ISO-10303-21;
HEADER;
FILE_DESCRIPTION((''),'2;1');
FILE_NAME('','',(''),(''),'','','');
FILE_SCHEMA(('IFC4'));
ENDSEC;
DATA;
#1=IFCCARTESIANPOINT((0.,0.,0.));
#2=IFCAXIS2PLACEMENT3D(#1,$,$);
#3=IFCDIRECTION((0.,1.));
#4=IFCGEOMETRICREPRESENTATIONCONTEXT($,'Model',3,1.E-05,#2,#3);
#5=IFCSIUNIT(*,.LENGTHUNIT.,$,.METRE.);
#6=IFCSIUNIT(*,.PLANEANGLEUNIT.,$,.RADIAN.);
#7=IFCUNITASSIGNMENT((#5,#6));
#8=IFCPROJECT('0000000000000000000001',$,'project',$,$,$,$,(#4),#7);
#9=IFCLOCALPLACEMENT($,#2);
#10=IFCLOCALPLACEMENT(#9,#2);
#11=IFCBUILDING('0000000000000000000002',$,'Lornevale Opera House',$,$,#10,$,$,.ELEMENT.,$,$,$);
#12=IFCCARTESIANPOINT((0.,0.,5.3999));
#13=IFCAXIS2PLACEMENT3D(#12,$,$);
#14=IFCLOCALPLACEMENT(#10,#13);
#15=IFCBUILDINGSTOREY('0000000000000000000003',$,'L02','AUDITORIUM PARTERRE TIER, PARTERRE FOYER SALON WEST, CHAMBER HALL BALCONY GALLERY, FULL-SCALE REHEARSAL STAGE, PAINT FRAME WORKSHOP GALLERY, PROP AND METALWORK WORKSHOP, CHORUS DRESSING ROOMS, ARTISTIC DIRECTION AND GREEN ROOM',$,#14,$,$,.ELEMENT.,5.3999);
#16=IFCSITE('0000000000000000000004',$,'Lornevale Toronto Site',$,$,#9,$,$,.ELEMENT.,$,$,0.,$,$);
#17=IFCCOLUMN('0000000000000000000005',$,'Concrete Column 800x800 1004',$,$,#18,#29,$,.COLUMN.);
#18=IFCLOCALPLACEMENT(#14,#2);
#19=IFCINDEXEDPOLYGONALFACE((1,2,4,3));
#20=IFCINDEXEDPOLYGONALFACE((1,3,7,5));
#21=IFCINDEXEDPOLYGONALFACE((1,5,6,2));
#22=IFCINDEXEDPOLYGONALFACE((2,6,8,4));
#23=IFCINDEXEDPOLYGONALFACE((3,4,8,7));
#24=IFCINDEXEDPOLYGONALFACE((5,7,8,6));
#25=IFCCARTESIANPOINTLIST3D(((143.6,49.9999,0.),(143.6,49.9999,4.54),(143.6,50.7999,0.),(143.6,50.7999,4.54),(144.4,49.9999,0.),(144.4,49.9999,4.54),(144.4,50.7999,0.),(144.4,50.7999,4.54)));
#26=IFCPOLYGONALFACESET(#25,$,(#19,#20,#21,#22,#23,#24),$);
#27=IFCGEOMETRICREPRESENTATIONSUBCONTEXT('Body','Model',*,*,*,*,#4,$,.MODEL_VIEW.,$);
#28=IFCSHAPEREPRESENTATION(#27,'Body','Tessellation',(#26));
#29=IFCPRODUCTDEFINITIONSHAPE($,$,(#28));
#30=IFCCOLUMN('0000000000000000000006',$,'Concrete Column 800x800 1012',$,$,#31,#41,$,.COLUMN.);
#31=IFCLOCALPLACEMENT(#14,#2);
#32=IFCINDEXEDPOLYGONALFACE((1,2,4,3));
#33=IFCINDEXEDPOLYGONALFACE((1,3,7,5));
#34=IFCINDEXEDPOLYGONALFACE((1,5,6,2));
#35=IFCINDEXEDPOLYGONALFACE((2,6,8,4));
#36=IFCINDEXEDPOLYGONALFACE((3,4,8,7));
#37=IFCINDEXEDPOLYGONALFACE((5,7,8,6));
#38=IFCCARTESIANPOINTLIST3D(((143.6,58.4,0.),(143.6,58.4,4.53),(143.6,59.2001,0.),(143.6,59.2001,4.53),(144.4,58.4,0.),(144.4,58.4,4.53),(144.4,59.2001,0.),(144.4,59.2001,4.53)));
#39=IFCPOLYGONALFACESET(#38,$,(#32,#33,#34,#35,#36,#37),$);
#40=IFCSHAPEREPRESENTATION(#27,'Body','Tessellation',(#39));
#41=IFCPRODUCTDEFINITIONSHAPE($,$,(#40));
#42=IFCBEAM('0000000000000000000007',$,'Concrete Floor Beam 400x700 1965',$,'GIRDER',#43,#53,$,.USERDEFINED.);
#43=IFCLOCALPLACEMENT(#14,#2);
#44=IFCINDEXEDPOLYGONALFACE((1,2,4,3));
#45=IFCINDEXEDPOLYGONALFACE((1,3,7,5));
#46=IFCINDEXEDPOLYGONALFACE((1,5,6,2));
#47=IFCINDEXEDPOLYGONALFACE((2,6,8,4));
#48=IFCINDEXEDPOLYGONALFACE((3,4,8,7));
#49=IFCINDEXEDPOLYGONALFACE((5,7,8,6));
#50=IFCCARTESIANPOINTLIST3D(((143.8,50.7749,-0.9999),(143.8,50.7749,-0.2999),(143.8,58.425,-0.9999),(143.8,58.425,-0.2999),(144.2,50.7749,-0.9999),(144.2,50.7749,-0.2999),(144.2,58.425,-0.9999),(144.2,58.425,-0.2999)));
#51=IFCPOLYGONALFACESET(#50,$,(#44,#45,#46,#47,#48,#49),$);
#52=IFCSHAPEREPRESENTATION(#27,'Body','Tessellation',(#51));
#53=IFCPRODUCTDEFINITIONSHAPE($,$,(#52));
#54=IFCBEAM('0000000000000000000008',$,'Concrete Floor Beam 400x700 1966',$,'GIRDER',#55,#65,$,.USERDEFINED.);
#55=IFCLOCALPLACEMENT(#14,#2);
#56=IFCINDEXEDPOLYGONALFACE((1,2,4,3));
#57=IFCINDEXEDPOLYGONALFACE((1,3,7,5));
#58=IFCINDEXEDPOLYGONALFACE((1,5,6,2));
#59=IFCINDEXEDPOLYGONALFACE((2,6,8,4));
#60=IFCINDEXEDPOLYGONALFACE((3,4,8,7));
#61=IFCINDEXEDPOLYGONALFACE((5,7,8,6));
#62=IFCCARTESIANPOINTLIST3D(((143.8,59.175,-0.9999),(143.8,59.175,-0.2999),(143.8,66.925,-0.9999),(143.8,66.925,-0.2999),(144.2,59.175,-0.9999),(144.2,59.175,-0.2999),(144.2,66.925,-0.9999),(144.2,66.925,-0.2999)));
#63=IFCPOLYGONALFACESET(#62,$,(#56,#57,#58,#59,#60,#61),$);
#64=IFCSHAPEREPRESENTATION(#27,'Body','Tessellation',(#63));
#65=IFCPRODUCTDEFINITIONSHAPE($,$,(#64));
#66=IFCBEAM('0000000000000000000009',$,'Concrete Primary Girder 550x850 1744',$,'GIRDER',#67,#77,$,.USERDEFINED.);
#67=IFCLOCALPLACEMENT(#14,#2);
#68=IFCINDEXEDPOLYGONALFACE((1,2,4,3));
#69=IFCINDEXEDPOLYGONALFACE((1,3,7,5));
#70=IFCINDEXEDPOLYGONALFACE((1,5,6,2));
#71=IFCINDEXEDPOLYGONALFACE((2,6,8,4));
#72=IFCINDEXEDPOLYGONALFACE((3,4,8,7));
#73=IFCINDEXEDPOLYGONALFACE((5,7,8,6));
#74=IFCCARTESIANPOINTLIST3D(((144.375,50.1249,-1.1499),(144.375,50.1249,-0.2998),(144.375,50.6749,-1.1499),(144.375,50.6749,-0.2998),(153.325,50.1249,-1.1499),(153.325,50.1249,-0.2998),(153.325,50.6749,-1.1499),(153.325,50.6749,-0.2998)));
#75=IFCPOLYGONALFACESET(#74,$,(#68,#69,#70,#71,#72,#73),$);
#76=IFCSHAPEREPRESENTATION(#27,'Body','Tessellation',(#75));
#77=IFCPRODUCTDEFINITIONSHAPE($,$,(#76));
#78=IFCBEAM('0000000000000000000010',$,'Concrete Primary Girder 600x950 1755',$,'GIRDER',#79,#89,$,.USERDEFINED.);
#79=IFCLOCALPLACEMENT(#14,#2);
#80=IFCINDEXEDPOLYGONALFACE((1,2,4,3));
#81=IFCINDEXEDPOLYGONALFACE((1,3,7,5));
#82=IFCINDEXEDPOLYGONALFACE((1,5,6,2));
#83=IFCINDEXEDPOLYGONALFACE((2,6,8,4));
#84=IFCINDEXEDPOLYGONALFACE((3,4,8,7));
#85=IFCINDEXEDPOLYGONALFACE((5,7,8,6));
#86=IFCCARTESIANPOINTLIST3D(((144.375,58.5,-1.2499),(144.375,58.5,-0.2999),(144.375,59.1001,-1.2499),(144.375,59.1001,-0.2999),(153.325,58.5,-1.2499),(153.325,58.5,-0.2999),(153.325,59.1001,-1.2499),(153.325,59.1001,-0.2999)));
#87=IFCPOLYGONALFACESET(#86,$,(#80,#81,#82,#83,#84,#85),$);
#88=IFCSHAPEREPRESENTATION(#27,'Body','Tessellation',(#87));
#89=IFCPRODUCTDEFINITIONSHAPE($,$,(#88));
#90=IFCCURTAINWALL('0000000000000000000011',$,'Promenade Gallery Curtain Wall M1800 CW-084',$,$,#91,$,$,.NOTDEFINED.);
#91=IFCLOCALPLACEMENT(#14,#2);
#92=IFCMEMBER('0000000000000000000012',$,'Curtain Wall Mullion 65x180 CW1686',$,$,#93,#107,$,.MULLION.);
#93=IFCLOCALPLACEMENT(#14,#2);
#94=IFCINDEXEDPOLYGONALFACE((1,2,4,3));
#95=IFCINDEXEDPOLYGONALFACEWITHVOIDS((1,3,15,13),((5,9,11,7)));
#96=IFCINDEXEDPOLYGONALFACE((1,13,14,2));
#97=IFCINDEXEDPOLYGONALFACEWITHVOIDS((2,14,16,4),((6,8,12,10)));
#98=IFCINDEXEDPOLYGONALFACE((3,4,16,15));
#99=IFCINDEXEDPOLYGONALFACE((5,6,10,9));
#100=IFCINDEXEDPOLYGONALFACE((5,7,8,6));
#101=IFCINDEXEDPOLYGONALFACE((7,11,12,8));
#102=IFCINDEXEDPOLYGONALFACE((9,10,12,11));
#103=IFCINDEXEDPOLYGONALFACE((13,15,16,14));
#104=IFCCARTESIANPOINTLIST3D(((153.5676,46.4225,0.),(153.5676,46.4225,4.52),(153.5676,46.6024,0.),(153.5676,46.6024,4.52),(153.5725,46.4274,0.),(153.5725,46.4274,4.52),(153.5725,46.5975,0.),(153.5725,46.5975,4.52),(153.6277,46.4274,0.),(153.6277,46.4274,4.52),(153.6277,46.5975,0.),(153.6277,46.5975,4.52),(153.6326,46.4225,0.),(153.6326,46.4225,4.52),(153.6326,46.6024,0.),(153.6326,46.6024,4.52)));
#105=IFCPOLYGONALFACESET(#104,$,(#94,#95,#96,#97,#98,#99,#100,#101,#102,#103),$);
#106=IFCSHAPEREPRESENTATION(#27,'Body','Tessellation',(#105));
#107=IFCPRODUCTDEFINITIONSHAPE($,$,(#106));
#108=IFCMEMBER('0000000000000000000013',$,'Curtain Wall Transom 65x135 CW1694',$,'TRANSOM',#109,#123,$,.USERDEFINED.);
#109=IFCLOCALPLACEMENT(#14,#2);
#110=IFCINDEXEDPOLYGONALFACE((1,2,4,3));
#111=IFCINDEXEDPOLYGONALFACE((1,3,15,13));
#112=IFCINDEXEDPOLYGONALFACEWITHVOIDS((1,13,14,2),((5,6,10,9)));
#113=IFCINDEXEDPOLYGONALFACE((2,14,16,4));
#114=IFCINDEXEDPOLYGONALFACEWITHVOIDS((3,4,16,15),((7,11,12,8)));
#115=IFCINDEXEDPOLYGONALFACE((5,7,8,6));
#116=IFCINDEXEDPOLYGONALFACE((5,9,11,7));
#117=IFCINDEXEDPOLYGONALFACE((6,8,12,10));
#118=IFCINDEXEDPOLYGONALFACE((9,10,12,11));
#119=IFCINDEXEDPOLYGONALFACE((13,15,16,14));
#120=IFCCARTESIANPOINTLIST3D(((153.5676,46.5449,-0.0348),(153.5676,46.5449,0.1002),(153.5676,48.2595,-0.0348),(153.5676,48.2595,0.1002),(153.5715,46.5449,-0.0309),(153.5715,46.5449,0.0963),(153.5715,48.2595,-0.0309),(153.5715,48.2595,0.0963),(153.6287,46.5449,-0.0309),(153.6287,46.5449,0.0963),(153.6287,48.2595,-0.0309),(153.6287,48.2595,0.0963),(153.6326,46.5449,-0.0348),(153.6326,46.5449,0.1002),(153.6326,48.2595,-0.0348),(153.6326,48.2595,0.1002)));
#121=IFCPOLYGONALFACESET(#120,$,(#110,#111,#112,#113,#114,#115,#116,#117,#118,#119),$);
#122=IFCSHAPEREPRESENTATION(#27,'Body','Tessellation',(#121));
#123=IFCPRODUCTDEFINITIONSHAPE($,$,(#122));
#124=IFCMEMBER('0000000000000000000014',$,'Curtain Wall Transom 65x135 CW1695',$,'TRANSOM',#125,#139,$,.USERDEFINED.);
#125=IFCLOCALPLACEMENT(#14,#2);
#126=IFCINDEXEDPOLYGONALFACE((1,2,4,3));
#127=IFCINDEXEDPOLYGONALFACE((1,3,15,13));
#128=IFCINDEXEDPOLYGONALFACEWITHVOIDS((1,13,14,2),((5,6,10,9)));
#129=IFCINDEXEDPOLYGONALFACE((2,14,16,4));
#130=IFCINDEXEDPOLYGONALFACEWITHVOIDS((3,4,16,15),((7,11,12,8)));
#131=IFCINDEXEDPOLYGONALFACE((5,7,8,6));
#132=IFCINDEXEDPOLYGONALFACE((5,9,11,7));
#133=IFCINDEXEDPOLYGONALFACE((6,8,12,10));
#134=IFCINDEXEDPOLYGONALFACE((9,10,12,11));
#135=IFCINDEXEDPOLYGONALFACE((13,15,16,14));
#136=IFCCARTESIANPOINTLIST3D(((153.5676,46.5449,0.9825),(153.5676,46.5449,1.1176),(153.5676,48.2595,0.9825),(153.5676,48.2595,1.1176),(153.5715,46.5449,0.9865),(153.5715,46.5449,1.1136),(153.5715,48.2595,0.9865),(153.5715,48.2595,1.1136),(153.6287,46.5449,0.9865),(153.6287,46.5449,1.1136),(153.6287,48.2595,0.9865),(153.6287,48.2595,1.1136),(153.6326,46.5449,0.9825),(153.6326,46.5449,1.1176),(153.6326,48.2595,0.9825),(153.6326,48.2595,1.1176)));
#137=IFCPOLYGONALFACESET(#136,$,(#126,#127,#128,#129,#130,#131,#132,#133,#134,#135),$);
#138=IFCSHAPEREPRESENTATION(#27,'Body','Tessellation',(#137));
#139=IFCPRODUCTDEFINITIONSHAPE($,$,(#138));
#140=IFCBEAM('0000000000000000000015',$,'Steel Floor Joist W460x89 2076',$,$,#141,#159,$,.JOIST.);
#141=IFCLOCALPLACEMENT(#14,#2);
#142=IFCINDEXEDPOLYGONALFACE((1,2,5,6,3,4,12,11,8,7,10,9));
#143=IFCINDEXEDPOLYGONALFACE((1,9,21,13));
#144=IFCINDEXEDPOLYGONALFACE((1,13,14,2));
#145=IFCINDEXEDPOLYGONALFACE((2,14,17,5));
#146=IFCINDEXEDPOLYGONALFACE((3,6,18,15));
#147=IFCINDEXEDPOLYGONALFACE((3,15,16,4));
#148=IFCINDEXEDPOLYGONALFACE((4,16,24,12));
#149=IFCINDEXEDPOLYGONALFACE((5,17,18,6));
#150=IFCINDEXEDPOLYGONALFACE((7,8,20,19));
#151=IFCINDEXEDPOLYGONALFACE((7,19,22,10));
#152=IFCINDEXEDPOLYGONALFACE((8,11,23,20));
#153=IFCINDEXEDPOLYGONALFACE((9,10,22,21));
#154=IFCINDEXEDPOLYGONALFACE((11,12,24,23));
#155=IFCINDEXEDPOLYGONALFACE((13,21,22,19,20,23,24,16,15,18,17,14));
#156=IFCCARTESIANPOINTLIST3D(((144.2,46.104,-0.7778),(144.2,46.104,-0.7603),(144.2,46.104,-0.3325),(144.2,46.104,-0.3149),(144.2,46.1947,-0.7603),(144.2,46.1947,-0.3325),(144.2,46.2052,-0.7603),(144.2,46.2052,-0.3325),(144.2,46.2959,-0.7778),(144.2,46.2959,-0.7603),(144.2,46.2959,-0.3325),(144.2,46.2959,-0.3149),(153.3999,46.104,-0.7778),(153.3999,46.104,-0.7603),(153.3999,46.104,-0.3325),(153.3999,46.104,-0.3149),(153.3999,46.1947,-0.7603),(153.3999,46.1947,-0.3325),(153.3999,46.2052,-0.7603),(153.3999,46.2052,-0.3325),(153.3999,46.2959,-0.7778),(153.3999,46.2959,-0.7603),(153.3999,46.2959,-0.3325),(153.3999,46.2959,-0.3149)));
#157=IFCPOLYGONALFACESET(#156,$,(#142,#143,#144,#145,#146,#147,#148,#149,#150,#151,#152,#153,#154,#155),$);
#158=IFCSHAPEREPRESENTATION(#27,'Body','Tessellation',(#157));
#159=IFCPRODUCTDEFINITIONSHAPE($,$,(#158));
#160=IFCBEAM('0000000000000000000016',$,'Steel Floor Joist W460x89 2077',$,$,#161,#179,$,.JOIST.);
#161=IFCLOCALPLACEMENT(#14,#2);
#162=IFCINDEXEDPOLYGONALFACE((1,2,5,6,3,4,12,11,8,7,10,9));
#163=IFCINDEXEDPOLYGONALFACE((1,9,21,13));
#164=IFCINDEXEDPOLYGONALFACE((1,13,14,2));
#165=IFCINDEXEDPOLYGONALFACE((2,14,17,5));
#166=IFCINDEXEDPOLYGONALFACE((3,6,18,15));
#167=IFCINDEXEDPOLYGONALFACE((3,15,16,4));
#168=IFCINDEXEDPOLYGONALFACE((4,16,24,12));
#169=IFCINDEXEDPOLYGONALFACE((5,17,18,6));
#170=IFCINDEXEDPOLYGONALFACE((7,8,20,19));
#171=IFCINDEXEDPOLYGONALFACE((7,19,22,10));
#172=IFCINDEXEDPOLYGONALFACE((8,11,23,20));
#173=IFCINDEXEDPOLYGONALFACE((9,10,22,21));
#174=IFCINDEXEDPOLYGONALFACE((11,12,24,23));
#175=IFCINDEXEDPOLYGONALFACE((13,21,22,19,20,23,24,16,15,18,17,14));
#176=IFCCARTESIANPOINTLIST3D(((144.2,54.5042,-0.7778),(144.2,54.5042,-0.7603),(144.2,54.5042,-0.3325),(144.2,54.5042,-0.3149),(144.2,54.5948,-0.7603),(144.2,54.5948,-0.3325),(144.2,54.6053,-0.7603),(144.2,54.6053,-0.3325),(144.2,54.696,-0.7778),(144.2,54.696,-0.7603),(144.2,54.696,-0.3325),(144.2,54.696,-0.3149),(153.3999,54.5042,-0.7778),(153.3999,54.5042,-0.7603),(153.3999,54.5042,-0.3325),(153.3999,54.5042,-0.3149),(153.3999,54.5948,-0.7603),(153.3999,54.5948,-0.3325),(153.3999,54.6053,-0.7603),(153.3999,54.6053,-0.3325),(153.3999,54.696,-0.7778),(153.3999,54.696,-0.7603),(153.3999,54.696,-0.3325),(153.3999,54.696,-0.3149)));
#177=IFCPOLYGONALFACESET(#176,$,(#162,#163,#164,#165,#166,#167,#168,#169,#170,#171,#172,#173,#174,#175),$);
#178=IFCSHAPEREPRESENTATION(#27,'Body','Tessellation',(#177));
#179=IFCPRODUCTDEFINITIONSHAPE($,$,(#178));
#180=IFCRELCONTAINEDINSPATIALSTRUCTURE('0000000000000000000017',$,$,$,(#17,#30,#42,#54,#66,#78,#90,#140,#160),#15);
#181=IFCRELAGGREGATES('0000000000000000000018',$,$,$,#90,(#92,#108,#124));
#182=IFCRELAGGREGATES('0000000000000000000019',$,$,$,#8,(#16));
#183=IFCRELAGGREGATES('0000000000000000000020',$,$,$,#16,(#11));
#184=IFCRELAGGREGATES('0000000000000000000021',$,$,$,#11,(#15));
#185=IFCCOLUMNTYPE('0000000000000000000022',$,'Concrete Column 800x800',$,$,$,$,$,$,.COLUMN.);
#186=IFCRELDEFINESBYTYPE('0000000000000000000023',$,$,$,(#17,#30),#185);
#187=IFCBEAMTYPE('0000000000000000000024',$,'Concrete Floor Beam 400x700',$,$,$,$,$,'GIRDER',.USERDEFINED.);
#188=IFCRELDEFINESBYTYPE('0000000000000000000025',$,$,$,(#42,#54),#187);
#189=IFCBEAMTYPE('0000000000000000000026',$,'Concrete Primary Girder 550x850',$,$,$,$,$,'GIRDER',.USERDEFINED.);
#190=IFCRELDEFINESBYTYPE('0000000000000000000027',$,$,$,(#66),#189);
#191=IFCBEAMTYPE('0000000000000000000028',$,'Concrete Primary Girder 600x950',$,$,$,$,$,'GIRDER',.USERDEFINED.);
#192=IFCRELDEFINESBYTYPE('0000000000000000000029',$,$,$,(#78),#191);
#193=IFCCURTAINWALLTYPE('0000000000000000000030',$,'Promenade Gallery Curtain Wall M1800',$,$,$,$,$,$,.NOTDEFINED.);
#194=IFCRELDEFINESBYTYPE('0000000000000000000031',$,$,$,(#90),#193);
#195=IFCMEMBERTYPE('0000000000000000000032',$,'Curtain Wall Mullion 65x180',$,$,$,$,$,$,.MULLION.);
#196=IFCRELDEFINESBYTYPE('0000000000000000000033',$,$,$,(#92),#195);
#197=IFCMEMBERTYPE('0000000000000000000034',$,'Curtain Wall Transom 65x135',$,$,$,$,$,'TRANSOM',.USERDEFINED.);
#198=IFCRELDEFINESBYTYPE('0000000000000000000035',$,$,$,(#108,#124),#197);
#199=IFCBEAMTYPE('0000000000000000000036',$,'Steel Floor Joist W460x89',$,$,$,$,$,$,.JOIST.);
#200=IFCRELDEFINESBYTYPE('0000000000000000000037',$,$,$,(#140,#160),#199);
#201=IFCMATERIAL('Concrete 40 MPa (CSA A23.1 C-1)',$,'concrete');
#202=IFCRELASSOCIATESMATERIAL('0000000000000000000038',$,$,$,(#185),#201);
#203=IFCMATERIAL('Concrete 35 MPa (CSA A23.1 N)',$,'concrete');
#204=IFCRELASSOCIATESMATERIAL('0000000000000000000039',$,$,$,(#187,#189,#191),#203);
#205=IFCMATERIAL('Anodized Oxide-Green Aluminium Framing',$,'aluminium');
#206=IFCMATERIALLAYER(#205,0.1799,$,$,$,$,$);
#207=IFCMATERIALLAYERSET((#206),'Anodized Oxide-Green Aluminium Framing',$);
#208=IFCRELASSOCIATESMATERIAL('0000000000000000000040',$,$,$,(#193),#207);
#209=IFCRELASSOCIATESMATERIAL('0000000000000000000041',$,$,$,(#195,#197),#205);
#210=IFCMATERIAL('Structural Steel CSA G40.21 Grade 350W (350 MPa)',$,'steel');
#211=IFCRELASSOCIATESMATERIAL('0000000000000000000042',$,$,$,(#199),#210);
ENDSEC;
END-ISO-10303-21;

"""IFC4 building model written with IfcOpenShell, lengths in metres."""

from ifc_helpers import new_model, si_unit, direction, frame, origin, origin_2d, place, context, subcontext, project, spatial, rectangle, hollow_rectangle, i_section, extrude, material, layer, layer_set, material_profile, profile_set, type_object, element, aggregate, save


model = new_model("IFC4")

# Units and contexts
model_context = context("Model", 3, precision=1e-05, world=origin(), true_north=direction((0.0, 1.0)))
body_context = subcontext(model_context, "Body", "Model", "MODEL_VIEW")
ifc_project = project(units=[si_unit("LENGTHUNIT", "METRE"), si_unit("PLANEANGLEUNIT", "RADIAN")], contexts=[model_context])

# Site, building, storey
site_placement = place(None, origin())
site = spatial("IfcSite", under=ifc_project, at=site_placement, Name="Lornevale Toronto Site", CompositionType="ELEMENT", RefElevation=0.0)
building_placement = place(site_placement, origin())
building = spatial("IfcBuilding", under=site, at=building_placement, Name="Lornevale Opera House", CompositionType="ELEMENT")
storey_placement = place(building_placement, frame((0.0, 0.0, 5.3999)))
storey = spatial("IfcBuildingStorey", under=building, at=storey_placement, Name="L02", Description="AUDITORIUM PARTERRE TIER, PARTERRE FOYER SALON WEST, CHAMBER HALL BALCONY GALLERY, FULL-SCALE REHEARSAL STAGE, PAINT FRAME WORKSHOP GALLERY, PROP AND METALWORK WORKSHOP, CHORUS DRESSING ROOMS, ARTISTIC DIRECTION AND GREEN ROOM", CompositionType="ELEMENT", Elevation=5.3999)

# Columns
ifc_material_1 = material(Name="Concrete 40 MPa (CSA A23.1 C-1)", Category="concrete")
ifc_material_profile_1 = material_profile(ifc_material_1, rectangle(XDim=0.8, YDim=0.8, at=origin_2d()), Name="RC800x800")
ifc_profile_set_1 = profile_set([ifc_material_profile_1], Name="Concrete 40 MPa (CSA A23.1 C-1)")
column_type = type_object("IfcColumnType", Name="Concrete Column 800x800", PredefinedType="COLUMN", material=ifc_profile_set_1)
column_1_placement = place(storey_placement, frame((144.0, 50.3999, 0.0), z_axis=(0.0, 0.0, 1.0), x_axis=(1.0, 0.0, 0.0)))
element("IfcColumn", 1, at=column_1_placement, inside=storey, type_object=column_type, Name="Concrete Column 800x800 1004", PredefinedType="COLUMN", context=body_context, shape_type="SweptSolid", body=[
    extrude(rectangle(XDim=0.8, YDim=0.8, at=origin_2d()), origin(), (0.0, 0.0, 1.0), 4.54),
])
column_2_placement = place(storey_placement, frame((144.0, 58.8, 0.0), z_axis=(0.0, 0.0, 1.0), x_axis=(1.0, 0.0, 0.0)))
element("IfcColumn", 2, at=column_2_placement, inside=storey, type_object=column_type, Name="Concrete Column 800x800 1012", PredefinedType="COLUMN", context=body_context, shape_type="SweptSolid", body=[
    extrude(rectangle(XDim=0.8, YDim=0.8, at=origin_2d()), origin(), (0.0, 0.0, 1.0), 4.53),
])

# Beams
ifc_material_2 = material(Name="Concrete 35 MPa (CSA A23.1 N)", Category="concrete")
ifc_material_profile_2 = material_profile(ifc_material_2, rectangle(XDim=0.3999, YDim=0.7, at=origin_2d()), Name="RC400x700")
ifc_profile_set_2 = profile_set([ifc_material_profile_2], Name="Concrete 35 MPa (CSA A23.1 N)")
beam_type_1 = type_object("IfcBeamType", Name="Concrete Floor Beam 400x700", ElementType="GIRDER", PredefinedType="USERDEFINED", material=ifc_profile_set_2)
beam_1_placement = place(storey_placement, frame((144.0, 50.7749, -0.6499), z_axis=(0.0, 1.0, 0.0), x_axis=(-1.0, 0.0, 0.0)))
element("IfcBeam", 3, at=beam_1_placement, inside=storey, type_object=beam_type_1, Name="Concrete Floor Beam 400x700 1965", ObjectType="GIRDER", PredefinedType="USERDEFINED", context=body_context, shape_type="SweptSolid", body=[
    extrude(rectangle(XDim=0.3999, YDim=0.7, at=origin_2d()), origin(), (0.0, 0.0, 1.0), 7.6501),
])
beam_2_placement = place(storey_placement, frame((144.0, 59.175, -0.6499), z_axis=(0.0, 1.0, 0.0), x_axis=(-1.0, 0.0, 0.0)))
element("IfcBeam", 4, at=beam_2_placement, inside=storey, type_object=beam_type_1, Name="Concrete Floor Beam 400x700 1966", ObjectType="GIRDER", PredefinedType="USERDEFINED", context=body_context, shape_type="SweptSolid", body=[
    extrude(rectangle(XDim=0.3999, YDim=0.7, at=origin_2d()), origin(), (0.0, 0.0, 1.0), 7.75),
])
ifc_material_profile_3 = material_profile(ifc_material_2, rectangle(XDim=0.55, YDim=0.8501, at=origin_2d()), Name="RC550x850")
ifc_profile_set_3 = profile_set([ifc_material_profile_3], Name="Concrete 35 MPa (CSA A23.1 N)")
beam_type_2 = type_object("IfcBeamType", Name="Concrete Primary Girder 550x850", ElementType="GIRDER", PredefinedType="USERDEFINED", material=ifc_profile_set_3)
beam_3_placement = place(storey_placement, frame((144.375, 50.3999, -0.7249), z_axis=(1.0, 0.0, 0.0), x_axis=(0.0, 1.0, 0.0)))
element("IfcBeam", 5, at=beam_3_placement, inside=storey, type_object=beam_type_2, Name="Concrete Primary Girder 550x850 1744", ObjectType="GIRDER", PredefinedType="USERDEFINED", context=body_context, shape_type="SweptSolid", body=[
    extrude(rectangle(XDim=0.55, YDim=0.8501, at=origin_2d()), origin(), (0.0, 0.0, 1.0), 8.95),
])
ifc_material_profile_4 = material_profile(ifc_material_2, rectangle(XDim=0.6001, YDim=0.95, at=origin_2d()), Name="RC600x950")
ifc_profile_set_4 = profile_set([ifc_material_profile_4], Name="Concrete 35 MPa (CSA A23.1 N)")
beam_type_3 = type_object("IfcBeamType", Name="Concrete Primary Girder 600x950", ElementType="GIRDER", PredefinedType="USERDEFINED", material=ifc_profile_set_4)
beam_4_placement = place(storey_placement, frame((144.375, 58.8, -0.7749), z_axis=(1.0, 0.0, 0.0), x_axis=(0.0, 1.0, 0.0)))
element("IfcBeam", 6, at=beam_4_placement, inside=storey, type_object=beam_type_3, Name="Concrete Primary Girder 600x950 1755", ObjectType="GIRDER", PredefinedType="USERDEFINED", context=body_context, shape_type="SweptSolid", body=[
    extrude(rectangle(XDim=0.6001, YDim=0.95, at=origin_2d()), origin(), (0.0, 0.0, 1.0), 8.95),
])

# Curtain wall, members
ifc_material_3 = material(Name="Anodized Oxide-Green Aluminium Framing", Category="aluminium")
ifc_layer_1 = layer(ifc_material_3, 0.1799)
ifc_layer_set_1 = layer_set([ifc_layer_1], Name="Anodized Oxide-Green Aluminium Framing")
curtain_wall_type = type_object("IfcCurtainWallType", Name="Promenade Gallery Curtain Wall M1800", PredefinedType="NOTDEFINED", material=ifc_layer_set_1)
curtain_wall_placement = place(storey_placement, origin())
curtain_wall = element("IfcCurtainWall", 7, at=curtain_wall_placement, inside=storey, type_object=curtain_wall_type, Name="Promenade Gallery Curtain Wall M1800 CW-084", PredefinedType="NOTDEFINED")
ifc_material_profile_5 = material_profile(ifc_material_3, hollow_rectangle(XDim=0.0649, YDim=0.1799, WallThickness=0.0049, at=origin_2d()), Name="ALU65x180x5")
ifc_profile_set_5 = profile_set([ifc_material_profile_5], Name="Anodized Oxide-Green Aluminium Framing")
member_type_1 = type_object("IfcMemberType", Name="Curtain Wall Mullion 65x180", PredefinedType="MULLION", material=ifc_profile_set_5)
member_1_placement = place(storey_placement, frame((153.6001, 46.5125, 0.0), z_axis=(0.0, 0.0, 1.0), x_axis=(1.0, 0.0, 0.0)))
member_1 = element("IfcMember", 8, at=member_1_placement, type_object=member_type_1, Name="Curtain Wall Mullion 65x180 CW1686", PredefinedType="MULLION", context=body_context, shape_type="SweptSolid", body=[
    extrude(hollow_rectangle(XDim=0.0649, YDim=0.1799, WallThickness=0.0049, at=origin_2d()), origin(), (0.0, 0.0, 1.0), 4.52),
])
ifc_material_profile_6 = material_profile(ifc_material_3, hollow_rectangle(XDim=0.0649, YDim=0.135, WallThickness=0.0039, at=origin_2d()), Name="ALU65x135x4")
ifc_profile_set_6 = profile_set([ifc_material_profile_6], Name="Anodized Oxide-Green Aluminium Framing")
member_type_2 = type_object("IfcMemberType", Name="Curtain Wall Transom 65x135", ElementType="TRANSOM", PredefinedType="USERDEFINED", material=ifc_profile_set_6)
member_2_placement = place(storey_placement, frame((153.6001, 48.2595, 0.0327), z_axis=(0.0, -1.0, 0.0), x_axis=(1.0, 0.0, 0.0)))
member_2 = element("IfcMember", 9, at=member_2_placement, type_object=member_type_2, Name="Curtain Wall Transom 65x135 CW1694", ObjectType="TRANSOM", PredefinedType="USERDEFINED", context=body_context, shape_type="SweptSolid", body=[
    extrude(hollow_rectangle(XDim=0.0649, YDim=0.135, WallThickness=0.0039, at=origin_2d()), origin(), (0.0, 0.0, 1.0), 1.7146),
])
member_3_placement = place(storey_placement, frame((153.6001, 48.2595, 1.05), z_axis=(0.0, -1.0, 0.0), x_axis=(1.0, 0.0, 0.0)))
member_3 = element("IfcMember", 10, at=member_3_placement, type_object=member_type_2, Name="Curtain Wall Transom 65x135 CW1695", ObjectType="TRANSOM", PredefinedType="USERDEFINED", context=body_context, shape_type="SweptSolid", body=[
    extrude(hollow_rectangle(XDim=0.0649, YDim=0.135, WallThickness=0.0039, at=origin_2d()), origin(), (0.0, 0.0, 1.0), 1.7146),
])

# Beams
ifc_material_4 = material(Name="Structural Steel CSA G40.21 Grade 350W (350 MPa)", Category="steel")
ifc_material_profile_7 = material_profile(ifc_material_4, i_section(OverallWidth=0.1919, OverallDepth=0.4629, WebThickness=0.0105, FlangeThickness=0.0176, at=origin_2d()), Name="W460x89")
ifc_profile_set_7 = profile_set([ifc_material_profile_7], Name="Structural Steel CSA G40.21 Grade 350W (350 MPa)")
beam_type_4 = type_object("IfcBeamType", Name="Steel Floor Joist W460x89", PredefinedType="JOIST", material=ifc_profile_set_7)
for number, where, z_axis, x_axis, name in (
    (11, (144.2, 46.2, -0.5464), (1.0, 0.0, 0.0), (0.0, 1.0, 0.0), "Steel Floor Joist W460x89 2076"),
    (12, (144.2, 54.6001, -0.5464), (1.0, 0.0, 0.0), (0.0, 1.0, 0.0), "Steel Floor Joist W460x89 2077"),
):
    element("IfcBeam", number, at=place(storey_placement, frame(where, z_axis=z_axis, x_axis=x_axis)), inside=storey, type_object=beam_type_4, Name=name, PredefinedType="JOIST", context=body_context, shape_type="SweptSolid", body=[
        extrude(i_section(OverallWidth=0.1919, OverallDepth=0.4629, WebThickness=0.0105, FlangeThickness=0.0176, at=origin_2d()), origin(), (0.0, 0.0, 1.0), 9.2),
    ])

aggregate(curtain_wall, [member_1, member_2, member_3])

save(model, "model.ifc")
